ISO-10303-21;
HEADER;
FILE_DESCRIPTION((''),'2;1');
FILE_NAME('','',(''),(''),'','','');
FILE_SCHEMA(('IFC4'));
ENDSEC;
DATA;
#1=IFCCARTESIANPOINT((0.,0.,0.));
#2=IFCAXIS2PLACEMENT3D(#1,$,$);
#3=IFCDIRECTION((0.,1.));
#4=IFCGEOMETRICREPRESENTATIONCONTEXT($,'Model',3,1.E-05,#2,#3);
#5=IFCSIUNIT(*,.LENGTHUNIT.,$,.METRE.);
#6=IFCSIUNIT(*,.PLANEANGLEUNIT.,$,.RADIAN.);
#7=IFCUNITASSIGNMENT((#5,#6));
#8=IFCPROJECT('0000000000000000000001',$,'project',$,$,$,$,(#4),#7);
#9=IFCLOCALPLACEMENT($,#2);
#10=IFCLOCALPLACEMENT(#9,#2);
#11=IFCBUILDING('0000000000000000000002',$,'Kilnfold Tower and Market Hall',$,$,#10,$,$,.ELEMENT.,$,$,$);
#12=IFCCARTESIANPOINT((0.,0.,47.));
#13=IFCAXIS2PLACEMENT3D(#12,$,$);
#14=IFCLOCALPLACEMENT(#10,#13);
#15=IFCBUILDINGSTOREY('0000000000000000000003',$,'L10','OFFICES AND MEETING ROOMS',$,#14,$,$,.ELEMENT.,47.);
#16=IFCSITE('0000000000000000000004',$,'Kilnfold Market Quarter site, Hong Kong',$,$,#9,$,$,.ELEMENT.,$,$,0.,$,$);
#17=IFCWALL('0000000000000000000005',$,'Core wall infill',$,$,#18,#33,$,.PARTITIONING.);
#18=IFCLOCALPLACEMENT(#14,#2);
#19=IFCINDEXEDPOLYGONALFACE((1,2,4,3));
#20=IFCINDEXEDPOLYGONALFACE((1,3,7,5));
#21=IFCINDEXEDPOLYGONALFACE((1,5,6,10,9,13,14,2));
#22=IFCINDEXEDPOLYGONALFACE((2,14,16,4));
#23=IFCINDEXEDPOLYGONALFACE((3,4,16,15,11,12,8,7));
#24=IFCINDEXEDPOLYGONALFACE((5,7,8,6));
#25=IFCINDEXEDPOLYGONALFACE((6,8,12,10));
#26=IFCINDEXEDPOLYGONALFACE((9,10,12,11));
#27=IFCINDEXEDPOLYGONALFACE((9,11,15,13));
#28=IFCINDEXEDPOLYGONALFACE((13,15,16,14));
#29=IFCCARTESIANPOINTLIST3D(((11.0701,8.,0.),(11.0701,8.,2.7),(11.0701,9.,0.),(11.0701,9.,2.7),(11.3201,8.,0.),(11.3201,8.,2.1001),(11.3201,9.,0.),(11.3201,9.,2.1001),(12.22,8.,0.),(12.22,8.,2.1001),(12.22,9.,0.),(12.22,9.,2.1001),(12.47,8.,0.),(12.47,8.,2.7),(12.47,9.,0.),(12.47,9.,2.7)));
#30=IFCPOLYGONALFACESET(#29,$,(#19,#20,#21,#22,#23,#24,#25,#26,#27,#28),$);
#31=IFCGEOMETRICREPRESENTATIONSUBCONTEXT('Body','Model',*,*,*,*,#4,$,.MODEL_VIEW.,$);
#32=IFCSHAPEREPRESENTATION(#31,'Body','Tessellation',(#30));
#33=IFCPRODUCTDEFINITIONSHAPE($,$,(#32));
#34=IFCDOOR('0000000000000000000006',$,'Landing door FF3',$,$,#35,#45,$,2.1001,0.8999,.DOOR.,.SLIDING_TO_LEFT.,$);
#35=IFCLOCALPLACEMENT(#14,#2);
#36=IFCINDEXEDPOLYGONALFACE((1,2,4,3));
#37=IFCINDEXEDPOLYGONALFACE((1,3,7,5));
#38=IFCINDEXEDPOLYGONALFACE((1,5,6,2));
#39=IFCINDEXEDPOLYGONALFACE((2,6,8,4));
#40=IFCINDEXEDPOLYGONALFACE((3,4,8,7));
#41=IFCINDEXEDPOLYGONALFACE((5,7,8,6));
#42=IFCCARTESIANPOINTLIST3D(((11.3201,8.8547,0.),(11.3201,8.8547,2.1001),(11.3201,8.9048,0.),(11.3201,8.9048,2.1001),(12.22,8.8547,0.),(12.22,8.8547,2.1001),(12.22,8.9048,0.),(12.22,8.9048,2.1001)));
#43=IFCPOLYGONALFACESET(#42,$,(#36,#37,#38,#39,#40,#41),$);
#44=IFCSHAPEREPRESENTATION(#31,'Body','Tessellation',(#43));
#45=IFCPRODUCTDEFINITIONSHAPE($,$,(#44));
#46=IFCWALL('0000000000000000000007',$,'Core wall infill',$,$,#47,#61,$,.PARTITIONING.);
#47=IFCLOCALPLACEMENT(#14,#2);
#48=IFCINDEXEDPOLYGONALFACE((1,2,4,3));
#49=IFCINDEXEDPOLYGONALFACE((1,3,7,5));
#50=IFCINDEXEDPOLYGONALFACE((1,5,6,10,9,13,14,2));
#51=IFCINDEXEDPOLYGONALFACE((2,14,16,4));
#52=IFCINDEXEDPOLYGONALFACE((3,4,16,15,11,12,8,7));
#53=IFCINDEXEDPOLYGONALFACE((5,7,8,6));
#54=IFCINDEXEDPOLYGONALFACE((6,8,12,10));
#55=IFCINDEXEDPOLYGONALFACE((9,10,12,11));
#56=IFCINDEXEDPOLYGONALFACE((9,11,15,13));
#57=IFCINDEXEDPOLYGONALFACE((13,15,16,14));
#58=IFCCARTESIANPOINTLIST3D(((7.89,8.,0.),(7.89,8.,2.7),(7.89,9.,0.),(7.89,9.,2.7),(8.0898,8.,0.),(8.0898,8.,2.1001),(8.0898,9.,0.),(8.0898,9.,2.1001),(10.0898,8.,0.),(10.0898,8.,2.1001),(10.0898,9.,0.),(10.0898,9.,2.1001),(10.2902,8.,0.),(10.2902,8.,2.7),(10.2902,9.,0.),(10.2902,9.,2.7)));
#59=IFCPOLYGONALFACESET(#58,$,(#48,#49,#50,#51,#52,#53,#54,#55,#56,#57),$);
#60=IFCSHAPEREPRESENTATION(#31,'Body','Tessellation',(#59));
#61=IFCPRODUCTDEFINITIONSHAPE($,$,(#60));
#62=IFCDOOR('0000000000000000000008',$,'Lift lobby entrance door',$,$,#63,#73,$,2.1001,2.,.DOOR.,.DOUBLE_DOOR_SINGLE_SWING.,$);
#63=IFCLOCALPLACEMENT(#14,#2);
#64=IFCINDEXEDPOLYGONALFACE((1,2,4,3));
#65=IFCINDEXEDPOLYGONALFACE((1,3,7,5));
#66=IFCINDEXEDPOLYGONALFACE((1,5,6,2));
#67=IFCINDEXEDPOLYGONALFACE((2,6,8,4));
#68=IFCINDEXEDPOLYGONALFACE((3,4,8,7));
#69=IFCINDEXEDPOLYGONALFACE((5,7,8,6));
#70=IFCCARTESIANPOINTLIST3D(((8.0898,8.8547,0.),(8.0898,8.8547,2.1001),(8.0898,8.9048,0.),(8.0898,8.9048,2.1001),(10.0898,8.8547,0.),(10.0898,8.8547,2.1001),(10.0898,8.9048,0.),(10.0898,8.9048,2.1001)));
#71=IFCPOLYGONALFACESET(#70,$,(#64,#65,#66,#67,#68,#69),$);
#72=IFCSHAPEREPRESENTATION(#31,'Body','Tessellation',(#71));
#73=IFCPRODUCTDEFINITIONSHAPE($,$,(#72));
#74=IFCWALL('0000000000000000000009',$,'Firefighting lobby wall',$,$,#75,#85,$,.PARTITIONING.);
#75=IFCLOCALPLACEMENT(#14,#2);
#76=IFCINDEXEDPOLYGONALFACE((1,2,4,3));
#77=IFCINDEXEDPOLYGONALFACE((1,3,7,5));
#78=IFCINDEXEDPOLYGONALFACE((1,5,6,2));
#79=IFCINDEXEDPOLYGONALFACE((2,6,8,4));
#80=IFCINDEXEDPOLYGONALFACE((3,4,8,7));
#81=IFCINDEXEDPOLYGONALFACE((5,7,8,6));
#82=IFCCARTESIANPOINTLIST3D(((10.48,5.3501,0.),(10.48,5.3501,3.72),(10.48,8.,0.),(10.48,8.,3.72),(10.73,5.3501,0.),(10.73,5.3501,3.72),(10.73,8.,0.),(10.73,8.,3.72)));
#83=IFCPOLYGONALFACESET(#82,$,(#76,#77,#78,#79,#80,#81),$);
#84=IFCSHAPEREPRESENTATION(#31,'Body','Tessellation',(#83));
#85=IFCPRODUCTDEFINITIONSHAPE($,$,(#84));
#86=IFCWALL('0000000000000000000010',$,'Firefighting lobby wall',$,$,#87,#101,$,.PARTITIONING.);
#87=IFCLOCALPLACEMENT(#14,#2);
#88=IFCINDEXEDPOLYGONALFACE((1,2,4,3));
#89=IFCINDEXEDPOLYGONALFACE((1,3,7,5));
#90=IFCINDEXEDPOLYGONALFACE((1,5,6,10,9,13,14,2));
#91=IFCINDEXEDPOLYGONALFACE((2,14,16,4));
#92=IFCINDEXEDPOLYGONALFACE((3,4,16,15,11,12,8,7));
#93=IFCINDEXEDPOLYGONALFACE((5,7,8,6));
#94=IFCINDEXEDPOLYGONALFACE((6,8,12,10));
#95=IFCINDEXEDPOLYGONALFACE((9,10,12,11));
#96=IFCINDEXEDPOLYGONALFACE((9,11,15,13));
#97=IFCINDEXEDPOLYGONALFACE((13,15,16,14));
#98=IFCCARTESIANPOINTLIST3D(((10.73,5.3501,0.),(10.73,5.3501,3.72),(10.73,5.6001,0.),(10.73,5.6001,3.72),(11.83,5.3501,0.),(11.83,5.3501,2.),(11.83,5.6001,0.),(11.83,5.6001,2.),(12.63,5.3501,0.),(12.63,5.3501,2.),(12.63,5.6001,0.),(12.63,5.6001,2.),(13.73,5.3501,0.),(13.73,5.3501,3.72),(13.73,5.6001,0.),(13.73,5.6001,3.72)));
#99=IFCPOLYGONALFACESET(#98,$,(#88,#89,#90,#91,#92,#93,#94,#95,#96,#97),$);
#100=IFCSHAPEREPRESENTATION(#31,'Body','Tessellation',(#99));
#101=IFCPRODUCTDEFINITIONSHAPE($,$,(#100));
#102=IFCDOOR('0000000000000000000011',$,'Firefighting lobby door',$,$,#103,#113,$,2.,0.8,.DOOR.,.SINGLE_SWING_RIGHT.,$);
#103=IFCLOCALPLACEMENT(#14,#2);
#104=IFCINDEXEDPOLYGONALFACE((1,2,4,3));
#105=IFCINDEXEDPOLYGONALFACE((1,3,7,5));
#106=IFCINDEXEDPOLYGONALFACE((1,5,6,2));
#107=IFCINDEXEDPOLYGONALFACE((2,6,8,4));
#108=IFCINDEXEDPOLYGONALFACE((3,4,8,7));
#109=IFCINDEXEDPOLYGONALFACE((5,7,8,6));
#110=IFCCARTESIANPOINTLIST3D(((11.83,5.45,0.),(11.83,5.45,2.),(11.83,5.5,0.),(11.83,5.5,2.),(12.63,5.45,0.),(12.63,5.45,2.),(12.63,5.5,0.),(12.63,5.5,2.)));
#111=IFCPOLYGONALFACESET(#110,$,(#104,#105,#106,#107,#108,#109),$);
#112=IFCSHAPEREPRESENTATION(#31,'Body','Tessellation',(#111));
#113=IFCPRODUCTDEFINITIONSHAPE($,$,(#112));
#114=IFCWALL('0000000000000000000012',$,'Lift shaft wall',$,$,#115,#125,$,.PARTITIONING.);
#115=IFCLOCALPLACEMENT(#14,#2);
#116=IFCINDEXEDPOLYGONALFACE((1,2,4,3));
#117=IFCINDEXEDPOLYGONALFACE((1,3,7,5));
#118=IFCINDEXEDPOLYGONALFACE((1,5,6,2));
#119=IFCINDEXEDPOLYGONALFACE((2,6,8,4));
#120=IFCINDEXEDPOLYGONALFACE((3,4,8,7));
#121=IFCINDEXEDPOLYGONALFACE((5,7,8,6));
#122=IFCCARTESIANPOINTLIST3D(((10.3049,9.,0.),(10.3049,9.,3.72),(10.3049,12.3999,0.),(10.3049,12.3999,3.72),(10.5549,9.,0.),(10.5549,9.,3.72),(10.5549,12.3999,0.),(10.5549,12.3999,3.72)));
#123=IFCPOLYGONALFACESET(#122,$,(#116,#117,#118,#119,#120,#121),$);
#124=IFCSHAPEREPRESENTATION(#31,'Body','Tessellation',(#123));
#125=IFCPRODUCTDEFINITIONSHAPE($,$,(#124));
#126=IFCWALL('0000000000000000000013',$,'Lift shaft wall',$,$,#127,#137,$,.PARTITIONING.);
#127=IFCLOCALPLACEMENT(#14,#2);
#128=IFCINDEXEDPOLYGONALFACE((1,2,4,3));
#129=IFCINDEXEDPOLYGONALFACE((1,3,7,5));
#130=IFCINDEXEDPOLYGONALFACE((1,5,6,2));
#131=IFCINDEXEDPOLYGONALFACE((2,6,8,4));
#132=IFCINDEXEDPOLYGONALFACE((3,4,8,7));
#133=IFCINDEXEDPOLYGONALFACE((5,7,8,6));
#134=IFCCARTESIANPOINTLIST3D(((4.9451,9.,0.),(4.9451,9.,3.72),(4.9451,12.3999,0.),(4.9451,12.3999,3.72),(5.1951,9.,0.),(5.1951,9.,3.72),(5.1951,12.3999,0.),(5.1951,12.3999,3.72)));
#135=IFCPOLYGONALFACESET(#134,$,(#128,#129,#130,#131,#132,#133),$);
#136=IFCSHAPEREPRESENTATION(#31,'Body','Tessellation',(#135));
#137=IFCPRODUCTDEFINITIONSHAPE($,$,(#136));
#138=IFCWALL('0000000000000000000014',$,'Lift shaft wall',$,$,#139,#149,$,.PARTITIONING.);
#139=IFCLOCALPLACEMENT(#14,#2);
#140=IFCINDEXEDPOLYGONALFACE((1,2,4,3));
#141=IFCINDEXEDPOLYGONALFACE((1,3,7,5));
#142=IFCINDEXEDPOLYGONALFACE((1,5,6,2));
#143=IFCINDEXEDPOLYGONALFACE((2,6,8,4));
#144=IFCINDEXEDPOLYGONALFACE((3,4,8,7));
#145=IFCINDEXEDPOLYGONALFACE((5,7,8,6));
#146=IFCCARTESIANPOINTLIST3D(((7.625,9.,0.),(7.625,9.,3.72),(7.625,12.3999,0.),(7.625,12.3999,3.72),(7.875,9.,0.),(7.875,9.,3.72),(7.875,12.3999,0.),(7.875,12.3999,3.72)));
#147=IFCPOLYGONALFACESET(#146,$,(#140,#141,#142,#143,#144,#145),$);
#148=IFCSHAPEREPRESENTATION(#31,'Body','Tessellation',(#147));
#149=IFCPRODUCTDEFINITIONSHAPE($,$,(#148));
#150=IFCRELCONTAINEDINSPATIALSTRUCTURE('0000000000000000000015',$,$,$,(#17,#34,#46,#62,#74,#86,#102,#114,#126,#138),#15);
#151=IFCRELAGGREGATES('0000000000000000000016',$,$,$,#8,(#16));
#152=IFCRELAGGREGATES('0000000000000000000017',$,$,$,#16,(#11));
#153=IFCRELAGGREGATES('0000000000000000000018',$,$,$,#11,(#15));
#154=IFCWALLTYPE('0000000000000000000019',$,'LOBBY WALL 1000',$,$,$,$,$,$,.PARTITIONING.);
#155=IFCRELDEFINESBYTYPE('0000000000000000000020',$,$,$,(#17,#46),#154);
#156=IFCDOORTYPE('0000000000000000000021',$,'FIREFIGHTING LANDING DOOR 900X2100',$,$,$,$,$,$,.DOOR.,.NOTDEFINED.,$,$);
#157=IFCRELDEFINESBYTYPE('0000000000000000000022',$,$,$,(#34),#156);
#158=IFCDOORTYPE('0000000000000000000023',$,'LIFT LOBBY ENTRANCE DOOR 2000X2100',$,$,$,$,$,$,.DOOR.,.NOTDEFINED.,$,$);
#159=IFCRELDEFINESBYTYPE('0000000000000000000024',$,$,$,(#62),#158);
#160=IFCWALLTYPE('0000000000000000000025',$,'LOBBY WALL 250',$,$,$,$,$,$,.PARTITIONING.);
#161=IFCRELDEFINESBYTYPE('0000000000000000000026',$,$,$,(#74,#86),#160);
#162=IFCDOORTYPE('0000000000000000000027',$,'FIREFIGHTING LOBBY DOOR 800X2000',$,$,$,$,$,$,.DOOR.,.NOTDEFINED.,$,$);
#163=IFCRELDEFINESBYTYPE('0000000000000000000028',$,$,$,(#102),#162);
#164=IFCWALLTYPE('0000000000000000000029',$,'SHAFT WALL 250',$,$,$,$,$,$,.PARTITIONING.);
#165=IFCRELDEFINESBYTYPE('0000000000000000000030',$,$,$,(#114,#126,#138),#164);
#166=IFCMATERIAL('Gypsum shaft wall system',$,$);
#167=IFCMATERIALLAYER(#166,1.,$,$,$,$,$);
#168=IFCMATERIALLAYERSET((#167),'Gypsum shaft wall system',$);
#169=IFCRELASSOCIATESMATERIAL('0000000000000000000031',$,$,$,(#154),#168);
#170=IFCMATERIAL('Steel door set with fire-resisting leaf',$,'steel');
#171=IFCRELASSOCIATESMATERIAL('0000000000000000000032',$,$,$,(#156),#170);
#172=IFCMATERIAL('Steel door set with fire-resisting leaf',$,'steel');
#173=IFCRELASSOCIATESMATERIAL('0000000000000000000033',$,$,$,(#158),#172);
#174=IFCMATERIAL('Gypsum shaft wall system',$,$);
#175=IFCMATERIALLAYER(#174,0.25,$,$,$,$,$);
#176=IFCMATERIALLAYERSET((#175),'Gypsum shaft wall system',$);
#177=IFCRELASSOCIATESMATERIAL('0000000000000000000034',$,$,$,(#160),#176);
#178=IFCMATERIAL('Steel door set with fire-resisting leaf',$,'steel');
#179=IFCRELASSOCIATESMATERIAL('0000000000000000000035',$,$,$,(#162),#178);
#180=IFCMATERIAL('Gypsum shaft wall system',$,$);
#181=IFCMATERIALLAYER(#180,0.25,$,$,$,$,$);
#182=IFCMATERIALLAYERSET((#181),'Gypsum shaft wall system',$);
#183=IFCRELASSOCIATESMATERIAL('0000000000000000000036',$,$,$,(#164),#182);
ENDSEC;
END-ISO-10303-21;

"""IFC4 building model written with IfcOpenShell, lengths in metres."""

from ifc_helpers import new_model, si_unit, direction, frame, frame_2d, origin, place, context, subcontext, project, spatial, rectangle, extrude, source, transform, mapped, material, layer, layer_set, type_object, element, fill, save


model = new_model("IFC4")

# Units and contexts
model_context = context("Model", 3, precision=1e-05, world=origin(), true_north=direction((0.0, 1.0)))
body_context = subcontext(model_context, "Body", "Model", "MODEL_VIEW")
ifc_project = project(units=[si_unit("LENGTHUNIT", "METRE"), si_unit("PLANEANGLEUNIT", "RADIAN")], contexts=[model_context])

# Site, building, storey
site_placement = place(None, origin())
site = spatial("IfcSite", under=ifc_project, at=site_placement, Name="Kilnfold Market Quarter site, Hong Kong", CompositionType="ELEMENT", RefElevation=0.0)
building_placement = place(site_placement, origin())
building = spatial("IfcBuilding", under=site, at=building_placement, Name="Kilnfold Tower and Market Hall", CompositionType="ELEMENT")
storey_placement = place(building_placement, frame((0.0, 0.0, 47.0)))
storey = spatial("IfcBuildingStorey", under=building, at=storey_placement, Name="L10", Description="OFFICES AND MEETING ROOMS", CompositionType="ELEMENT", Elevation=47.0)

# Walls, openings, doors
ifc_material_1 = material(Name="Gypsum shaft wall system")
ifc_layer_1 = layer(ifc_material_1, 1.0)
ifc_layer_set_1 = layer_set([ifc_layer_1], Name="Gypsum shaft wall system")
wall_type_1 = type_object("IfcWallType", Name="LOBBY WALL 1000", PredefinedType="PARTITIONING", material=ifc_layer_set_1)
shared_shape_1 = source(origin(), body_context, "Body", "SweptSolid", [
    extrude(rectangle(XDim=1.3999, YDim=1.0, at=frame_2d((0.7, 0.0))), origin(), (0.0, 0.0, 1.0), 2.7),
])
wall_1_placement = place(storey_placement, frame((11.0701, 8.5, 0.0), z_axis=(0.0, 0.0, 1.0), x_axis=(1.0, 0.0, 0.0)))
wall_1 = element("IfcWall", 1, at=wall_1_placement, inside=storey, type_object=wall_type_1, Name="Core wall infill", PredefinedType="PARTITIONING", context=body_context, shape_type="MappedRepresentation", body=[
    mapped(shared_shape_1, transform((0.0, 0.0, 0.0))),
])
opening_1_placement = place(wall_1_placement, frame((0.25, 0.0, 0.0)))
opening_1 = element("IfcOpeningElement", 2, at=opening_1_placement, cuts=wall_1, PredefinedType="OPENING", context=body_context, shape_type="SweptSolid", body=[
    extrude(rectangle(XDim=0.8999, YDim=2.1001, at=frame_2d((0.45, 1.05))), frame((0.0, 0.51, 0.0), z_axis=(0.0, -1.0, 0.0), x_axis=(1.0, 0.0, 0.0)), (0.0, 0.0, 1.0), 1.02),
])
ifc_material_2 = material(Name="Steel door set with fire-resisting leaf", Category="steel")
door_type_1 = type_object("IfcDoorType", Name="FIREFIGHTING LANDING DOOR 900X2100", OperationType="NOTDEFINED", PredefinedType="DOOR", material=ifc_material_2)
door_1_placement = place(opening_1_placement, origin())
door_1 = element("IfcDoor", 3, at=door_1_placement, inside=storey, type_object=door_type_1, Name="Landing door FF3", OperationType="SLIDING_TO_LEFT", OverallHeight=2.1001, OverallWidth=0.8999, PredefinedType="DOOR", context=body_context, shape_type="SweptSolid", body=[
    extrude(rectangle(XDim=0.8999, YDim=2.1001, at=frame_2d((0.45, 1.05))), frame((0.0, 0.4048, 0.0), z_axis=(0.0, -1.0, 0.0), x_axis=(1.0, 0.0, 0.0)), (0.0, 0.0, 1.0), 0.05),
])
fill(opening_1, door_1)
shared_shape_2 = source(origin(), body_context, "Body", "SweptSolid", [
    extrude(rectangle(XDim=2.4001, YDim=1.0, at=frame_2d((1.2002, 0.0))), origin(), (0.0, 0.0, 1.0), 2.7),
])
wall_2_placement = place(storey_placement, frame((7.8899, 8.5, 0.0), z_axis=(0.0, 0.0, 1.0), x_axis=(1.0, 0.0, 0.0)))
wall_2 = element("IfcWall", 4, at=wall_2_placement, inside=storey, type_object=wall_type_1, Name="Core wall infill", PredefinedType="PARTITIONING", context=body_context, shape_type="MappedRepresentation", body=[
    mapped(shared_shape_2, transform((0.0, 0.0, 0.0))),
])
opening_2_placement = place(wall_2_placement, frame((0.2, 0.0, 0.0)))
opening_2 = element("IfcOpeningElement", 5, at=opening_2_placement, cuts=wall_2, PredefinedType="OPENING", context=body_context, shape_type="SweptSolid", body=[
    extrude(rectangle(XDim=2.0, YDim=2.1001, at=frame_2d((1.0, 1.05))), frame((0.0, 0.51, 0.0), z_axis=(0.0, -1.0, 0.0), x_axis=(1.0, 0.0, 0.0)), (0.0, 0.0, 1.0), 1.02),
])
ifc_material_3 = material(Name="Steel door set with fire-resisting leaf", Category="steel")
door_type_2 = type_object("IfcDoorType", Name="LIFT LOBBY ENTRANCE DOOR 2000X2100", OperationType="NOTDEFINED", PredefinedType="DOOR", material=ifc_material_3)
door_2_placement = place(opening_2_placement, origin())
door_2 = element("IfcDoor", 6, at=door_2_placement, inside=storey, type_object=door_type_2, Name="Lift lobby entrance door", OperationType="DOUBLE_DOOR_SINGLE_SWING", OverallHeight=2.1001, OverallWidth=2.0, PredefinedType="DOOR", context=body_context, shape_type="SweptSolid", body=[
    extrude(rectangle(XDim=2.0, YDim=2.1001, at=frame_2d((1.0, 1.05))), frame((0.0, 0.4048, 0.0), z_axis=(0.0, -1.0, 0.0), x_axis=(1.0, 0.0, 0.0)), (0.0, 0.0, 1.0), 0.05),
])
fill(opening_2, door_2)

# Wall
ifc_material_4 = material(Name="Gypsum shaft wall system")
ifc_layer_2 = layer(ifc_material_4, 0.25)
ifc_layer_set_2 = layer_set([ifc_layer_2], Name="Gypsum shaft wall system")
wall_type_2 = type_object("IfcWallType", Name="LOBBY WALL 250", PredefinedType="PARTITIONING", material=ifc_layer_set_2)
shared_shape_3 = source(origin(), body_context, "Body", "SweptSolid", [
    extrude(rectangle(XDim=2.6499, YDim=0.25, at=frame_2d((1.325, 0.0))), origin(), (0.0, 0.0, 1.0), 3.72),
])
wall_3_placement = place(storey_placement, frame((10.605, 5.3501, 0.0), z_axis=(0.0, 0.0, 1.0), x_axis=(0.0, 1.0, 0.0)))
element("IfcWall", 7, at=wall_3_placement, inside=storey, type_object=wall_type_2, Name="Firefighting lobby wall", PredefinedType="PARTITIONING", context=body_context, shape_type="MappedRepresentation", body=[
    mapped(shared_shape_3, transform((0.0, 0.0, 0.0))),
])

# Wall, opening, door
shared_shape_4 = source(origin(), body_context, "Body", "SweptSolid", [
    extrude(rectangle(XDim=3.0, YDim=0.25, at=frame_2d((1.5, 0.0))), origin(), (0.0, 0.0, 1.0), 3.72),
])
wall_4_placement = place(storey_placement, frame((10.73, 5.4751, 0.0), z_axis=(0.0, 0.0, 1.0), x_axis=(1.0, 0.0, 0.0)))
wall_4 = element("IfcWall", 8, at=wall_4_placement, inside=storey, type_object=wall_type_2, Name="Firefighting lobby wall", PredefinedType="PARTITIONING", context=body_context, shape_type="MappedRepresentation", body=[
    mapped(shared_shape_4, transform((0.0, 0.0, 0.0))),
])
opening_3_placement = place(wall_4_placement, frame((1.1001, 0.0, 0.0)))
opening_3 = element("IfcOpeningElement", 9, at=opening_3_placement, cuts=wall_4, PredefinedType="OPENING", context=body_context, shape_type="SweptSolid", body=[
    extrude(rectangle(XDim=0.8, YDim=2.0, at=frame_2d((0.3999, 1.0))), frame((0.0, 0.135, 0.0), z_axis=(0.0, -1.0, 0.0), x_axis=(1.0, 0.0, 0.0)), (0.0, 0.0, 1.0), 0.27),
])
ifc_material_5 = material(Name="Steel door set with fire-resisting leaf", Category="steel")
door_type_3 = type_object("IfcDoorType", Name="FIREFIGHTING LOBBY DOOR 800X2000", OperationType="NOTDEFINED", PredefinedType="DOOR", material=ifc_material_5)
door_3_placement = place(opening_3_placement, origin())
door_3 = element("IfcDoor", 10, at=door_3_placement, inside=storey, type_object=door_type_3, Name="Firefighting lobby door", OperationType="SINGLE_SWING_RIGHT", OverallHeight=2.0, OverallWidth=0.8, PredefinedType="DOOR", context=body_context, shape_type="SweptSolid", body=[
    extrude(rectangle(XDim=0.8, YDim=2.0, at=frame_2d((0.3999, 1.0))), frame((0.0, 0.0249, 0.0), z_axis=(0.0, -1.0, 0.0), x_axis=(1.0, 0.0, 0.0)), (0.0, 0.0, 1.0), 0.05),
])
fill(opening_3, door_3)

# Walls
ifc_material_6 = material(Name="Gypsum shaft wall system")
ifc_layer_3 = layer(ifc_material_6, 0.25)
ifc_layer_set_3 = layer_set([ifc_layer_3], Name="Gypsum shaft wall system")
wall_type_3 = type_object("IfcWallType", Name="SHAFT WALL 250", PredefinedType="PARTITIONING", material=ifc_layer_set_3)
shared_shape_5 = source(origin(), body_context, "Body", "SweptSolid", [
    extrude(rectangle(XDim=3.3999, YDim=0.25, at=frame_2d((1.7, 0.0))), origin(), (0.0, 0.0, 1.0), 3.72),
])
for number, where, z_axis, x_axis, name in (
    (11, (10.4299, 9.0, 0.0), (0.0, 0.0, 1.0), (0.0, 1.0, 0.0), "Lift shaft wall"),
    (12, (5.0701, 9.0, 0.0), (0.0, 0.0, 1.0), (0.0, 1.0, 0.0), "Lift shaft wall"),
    (13, (7.75, 9.0, 0.0), (0.0, 0.0, 1.0), (0.0, 1.0, 0.0), "Lift shaft wall"),
):
    element("IfcWall", number, at=place(storey_placement, frame(where, z_axis=z_axis, x_axis=x_axis)), inside=storey, type_object=wall_type_3, Name=name, PredefinedType="PARTITIONING", context=body_context, shape_type="MappedRepresentation", body=[
        mapped(shared_shape_5, transform((0.0, 0.0, 0.0))),
    ])

save(model, "model.ifc")
